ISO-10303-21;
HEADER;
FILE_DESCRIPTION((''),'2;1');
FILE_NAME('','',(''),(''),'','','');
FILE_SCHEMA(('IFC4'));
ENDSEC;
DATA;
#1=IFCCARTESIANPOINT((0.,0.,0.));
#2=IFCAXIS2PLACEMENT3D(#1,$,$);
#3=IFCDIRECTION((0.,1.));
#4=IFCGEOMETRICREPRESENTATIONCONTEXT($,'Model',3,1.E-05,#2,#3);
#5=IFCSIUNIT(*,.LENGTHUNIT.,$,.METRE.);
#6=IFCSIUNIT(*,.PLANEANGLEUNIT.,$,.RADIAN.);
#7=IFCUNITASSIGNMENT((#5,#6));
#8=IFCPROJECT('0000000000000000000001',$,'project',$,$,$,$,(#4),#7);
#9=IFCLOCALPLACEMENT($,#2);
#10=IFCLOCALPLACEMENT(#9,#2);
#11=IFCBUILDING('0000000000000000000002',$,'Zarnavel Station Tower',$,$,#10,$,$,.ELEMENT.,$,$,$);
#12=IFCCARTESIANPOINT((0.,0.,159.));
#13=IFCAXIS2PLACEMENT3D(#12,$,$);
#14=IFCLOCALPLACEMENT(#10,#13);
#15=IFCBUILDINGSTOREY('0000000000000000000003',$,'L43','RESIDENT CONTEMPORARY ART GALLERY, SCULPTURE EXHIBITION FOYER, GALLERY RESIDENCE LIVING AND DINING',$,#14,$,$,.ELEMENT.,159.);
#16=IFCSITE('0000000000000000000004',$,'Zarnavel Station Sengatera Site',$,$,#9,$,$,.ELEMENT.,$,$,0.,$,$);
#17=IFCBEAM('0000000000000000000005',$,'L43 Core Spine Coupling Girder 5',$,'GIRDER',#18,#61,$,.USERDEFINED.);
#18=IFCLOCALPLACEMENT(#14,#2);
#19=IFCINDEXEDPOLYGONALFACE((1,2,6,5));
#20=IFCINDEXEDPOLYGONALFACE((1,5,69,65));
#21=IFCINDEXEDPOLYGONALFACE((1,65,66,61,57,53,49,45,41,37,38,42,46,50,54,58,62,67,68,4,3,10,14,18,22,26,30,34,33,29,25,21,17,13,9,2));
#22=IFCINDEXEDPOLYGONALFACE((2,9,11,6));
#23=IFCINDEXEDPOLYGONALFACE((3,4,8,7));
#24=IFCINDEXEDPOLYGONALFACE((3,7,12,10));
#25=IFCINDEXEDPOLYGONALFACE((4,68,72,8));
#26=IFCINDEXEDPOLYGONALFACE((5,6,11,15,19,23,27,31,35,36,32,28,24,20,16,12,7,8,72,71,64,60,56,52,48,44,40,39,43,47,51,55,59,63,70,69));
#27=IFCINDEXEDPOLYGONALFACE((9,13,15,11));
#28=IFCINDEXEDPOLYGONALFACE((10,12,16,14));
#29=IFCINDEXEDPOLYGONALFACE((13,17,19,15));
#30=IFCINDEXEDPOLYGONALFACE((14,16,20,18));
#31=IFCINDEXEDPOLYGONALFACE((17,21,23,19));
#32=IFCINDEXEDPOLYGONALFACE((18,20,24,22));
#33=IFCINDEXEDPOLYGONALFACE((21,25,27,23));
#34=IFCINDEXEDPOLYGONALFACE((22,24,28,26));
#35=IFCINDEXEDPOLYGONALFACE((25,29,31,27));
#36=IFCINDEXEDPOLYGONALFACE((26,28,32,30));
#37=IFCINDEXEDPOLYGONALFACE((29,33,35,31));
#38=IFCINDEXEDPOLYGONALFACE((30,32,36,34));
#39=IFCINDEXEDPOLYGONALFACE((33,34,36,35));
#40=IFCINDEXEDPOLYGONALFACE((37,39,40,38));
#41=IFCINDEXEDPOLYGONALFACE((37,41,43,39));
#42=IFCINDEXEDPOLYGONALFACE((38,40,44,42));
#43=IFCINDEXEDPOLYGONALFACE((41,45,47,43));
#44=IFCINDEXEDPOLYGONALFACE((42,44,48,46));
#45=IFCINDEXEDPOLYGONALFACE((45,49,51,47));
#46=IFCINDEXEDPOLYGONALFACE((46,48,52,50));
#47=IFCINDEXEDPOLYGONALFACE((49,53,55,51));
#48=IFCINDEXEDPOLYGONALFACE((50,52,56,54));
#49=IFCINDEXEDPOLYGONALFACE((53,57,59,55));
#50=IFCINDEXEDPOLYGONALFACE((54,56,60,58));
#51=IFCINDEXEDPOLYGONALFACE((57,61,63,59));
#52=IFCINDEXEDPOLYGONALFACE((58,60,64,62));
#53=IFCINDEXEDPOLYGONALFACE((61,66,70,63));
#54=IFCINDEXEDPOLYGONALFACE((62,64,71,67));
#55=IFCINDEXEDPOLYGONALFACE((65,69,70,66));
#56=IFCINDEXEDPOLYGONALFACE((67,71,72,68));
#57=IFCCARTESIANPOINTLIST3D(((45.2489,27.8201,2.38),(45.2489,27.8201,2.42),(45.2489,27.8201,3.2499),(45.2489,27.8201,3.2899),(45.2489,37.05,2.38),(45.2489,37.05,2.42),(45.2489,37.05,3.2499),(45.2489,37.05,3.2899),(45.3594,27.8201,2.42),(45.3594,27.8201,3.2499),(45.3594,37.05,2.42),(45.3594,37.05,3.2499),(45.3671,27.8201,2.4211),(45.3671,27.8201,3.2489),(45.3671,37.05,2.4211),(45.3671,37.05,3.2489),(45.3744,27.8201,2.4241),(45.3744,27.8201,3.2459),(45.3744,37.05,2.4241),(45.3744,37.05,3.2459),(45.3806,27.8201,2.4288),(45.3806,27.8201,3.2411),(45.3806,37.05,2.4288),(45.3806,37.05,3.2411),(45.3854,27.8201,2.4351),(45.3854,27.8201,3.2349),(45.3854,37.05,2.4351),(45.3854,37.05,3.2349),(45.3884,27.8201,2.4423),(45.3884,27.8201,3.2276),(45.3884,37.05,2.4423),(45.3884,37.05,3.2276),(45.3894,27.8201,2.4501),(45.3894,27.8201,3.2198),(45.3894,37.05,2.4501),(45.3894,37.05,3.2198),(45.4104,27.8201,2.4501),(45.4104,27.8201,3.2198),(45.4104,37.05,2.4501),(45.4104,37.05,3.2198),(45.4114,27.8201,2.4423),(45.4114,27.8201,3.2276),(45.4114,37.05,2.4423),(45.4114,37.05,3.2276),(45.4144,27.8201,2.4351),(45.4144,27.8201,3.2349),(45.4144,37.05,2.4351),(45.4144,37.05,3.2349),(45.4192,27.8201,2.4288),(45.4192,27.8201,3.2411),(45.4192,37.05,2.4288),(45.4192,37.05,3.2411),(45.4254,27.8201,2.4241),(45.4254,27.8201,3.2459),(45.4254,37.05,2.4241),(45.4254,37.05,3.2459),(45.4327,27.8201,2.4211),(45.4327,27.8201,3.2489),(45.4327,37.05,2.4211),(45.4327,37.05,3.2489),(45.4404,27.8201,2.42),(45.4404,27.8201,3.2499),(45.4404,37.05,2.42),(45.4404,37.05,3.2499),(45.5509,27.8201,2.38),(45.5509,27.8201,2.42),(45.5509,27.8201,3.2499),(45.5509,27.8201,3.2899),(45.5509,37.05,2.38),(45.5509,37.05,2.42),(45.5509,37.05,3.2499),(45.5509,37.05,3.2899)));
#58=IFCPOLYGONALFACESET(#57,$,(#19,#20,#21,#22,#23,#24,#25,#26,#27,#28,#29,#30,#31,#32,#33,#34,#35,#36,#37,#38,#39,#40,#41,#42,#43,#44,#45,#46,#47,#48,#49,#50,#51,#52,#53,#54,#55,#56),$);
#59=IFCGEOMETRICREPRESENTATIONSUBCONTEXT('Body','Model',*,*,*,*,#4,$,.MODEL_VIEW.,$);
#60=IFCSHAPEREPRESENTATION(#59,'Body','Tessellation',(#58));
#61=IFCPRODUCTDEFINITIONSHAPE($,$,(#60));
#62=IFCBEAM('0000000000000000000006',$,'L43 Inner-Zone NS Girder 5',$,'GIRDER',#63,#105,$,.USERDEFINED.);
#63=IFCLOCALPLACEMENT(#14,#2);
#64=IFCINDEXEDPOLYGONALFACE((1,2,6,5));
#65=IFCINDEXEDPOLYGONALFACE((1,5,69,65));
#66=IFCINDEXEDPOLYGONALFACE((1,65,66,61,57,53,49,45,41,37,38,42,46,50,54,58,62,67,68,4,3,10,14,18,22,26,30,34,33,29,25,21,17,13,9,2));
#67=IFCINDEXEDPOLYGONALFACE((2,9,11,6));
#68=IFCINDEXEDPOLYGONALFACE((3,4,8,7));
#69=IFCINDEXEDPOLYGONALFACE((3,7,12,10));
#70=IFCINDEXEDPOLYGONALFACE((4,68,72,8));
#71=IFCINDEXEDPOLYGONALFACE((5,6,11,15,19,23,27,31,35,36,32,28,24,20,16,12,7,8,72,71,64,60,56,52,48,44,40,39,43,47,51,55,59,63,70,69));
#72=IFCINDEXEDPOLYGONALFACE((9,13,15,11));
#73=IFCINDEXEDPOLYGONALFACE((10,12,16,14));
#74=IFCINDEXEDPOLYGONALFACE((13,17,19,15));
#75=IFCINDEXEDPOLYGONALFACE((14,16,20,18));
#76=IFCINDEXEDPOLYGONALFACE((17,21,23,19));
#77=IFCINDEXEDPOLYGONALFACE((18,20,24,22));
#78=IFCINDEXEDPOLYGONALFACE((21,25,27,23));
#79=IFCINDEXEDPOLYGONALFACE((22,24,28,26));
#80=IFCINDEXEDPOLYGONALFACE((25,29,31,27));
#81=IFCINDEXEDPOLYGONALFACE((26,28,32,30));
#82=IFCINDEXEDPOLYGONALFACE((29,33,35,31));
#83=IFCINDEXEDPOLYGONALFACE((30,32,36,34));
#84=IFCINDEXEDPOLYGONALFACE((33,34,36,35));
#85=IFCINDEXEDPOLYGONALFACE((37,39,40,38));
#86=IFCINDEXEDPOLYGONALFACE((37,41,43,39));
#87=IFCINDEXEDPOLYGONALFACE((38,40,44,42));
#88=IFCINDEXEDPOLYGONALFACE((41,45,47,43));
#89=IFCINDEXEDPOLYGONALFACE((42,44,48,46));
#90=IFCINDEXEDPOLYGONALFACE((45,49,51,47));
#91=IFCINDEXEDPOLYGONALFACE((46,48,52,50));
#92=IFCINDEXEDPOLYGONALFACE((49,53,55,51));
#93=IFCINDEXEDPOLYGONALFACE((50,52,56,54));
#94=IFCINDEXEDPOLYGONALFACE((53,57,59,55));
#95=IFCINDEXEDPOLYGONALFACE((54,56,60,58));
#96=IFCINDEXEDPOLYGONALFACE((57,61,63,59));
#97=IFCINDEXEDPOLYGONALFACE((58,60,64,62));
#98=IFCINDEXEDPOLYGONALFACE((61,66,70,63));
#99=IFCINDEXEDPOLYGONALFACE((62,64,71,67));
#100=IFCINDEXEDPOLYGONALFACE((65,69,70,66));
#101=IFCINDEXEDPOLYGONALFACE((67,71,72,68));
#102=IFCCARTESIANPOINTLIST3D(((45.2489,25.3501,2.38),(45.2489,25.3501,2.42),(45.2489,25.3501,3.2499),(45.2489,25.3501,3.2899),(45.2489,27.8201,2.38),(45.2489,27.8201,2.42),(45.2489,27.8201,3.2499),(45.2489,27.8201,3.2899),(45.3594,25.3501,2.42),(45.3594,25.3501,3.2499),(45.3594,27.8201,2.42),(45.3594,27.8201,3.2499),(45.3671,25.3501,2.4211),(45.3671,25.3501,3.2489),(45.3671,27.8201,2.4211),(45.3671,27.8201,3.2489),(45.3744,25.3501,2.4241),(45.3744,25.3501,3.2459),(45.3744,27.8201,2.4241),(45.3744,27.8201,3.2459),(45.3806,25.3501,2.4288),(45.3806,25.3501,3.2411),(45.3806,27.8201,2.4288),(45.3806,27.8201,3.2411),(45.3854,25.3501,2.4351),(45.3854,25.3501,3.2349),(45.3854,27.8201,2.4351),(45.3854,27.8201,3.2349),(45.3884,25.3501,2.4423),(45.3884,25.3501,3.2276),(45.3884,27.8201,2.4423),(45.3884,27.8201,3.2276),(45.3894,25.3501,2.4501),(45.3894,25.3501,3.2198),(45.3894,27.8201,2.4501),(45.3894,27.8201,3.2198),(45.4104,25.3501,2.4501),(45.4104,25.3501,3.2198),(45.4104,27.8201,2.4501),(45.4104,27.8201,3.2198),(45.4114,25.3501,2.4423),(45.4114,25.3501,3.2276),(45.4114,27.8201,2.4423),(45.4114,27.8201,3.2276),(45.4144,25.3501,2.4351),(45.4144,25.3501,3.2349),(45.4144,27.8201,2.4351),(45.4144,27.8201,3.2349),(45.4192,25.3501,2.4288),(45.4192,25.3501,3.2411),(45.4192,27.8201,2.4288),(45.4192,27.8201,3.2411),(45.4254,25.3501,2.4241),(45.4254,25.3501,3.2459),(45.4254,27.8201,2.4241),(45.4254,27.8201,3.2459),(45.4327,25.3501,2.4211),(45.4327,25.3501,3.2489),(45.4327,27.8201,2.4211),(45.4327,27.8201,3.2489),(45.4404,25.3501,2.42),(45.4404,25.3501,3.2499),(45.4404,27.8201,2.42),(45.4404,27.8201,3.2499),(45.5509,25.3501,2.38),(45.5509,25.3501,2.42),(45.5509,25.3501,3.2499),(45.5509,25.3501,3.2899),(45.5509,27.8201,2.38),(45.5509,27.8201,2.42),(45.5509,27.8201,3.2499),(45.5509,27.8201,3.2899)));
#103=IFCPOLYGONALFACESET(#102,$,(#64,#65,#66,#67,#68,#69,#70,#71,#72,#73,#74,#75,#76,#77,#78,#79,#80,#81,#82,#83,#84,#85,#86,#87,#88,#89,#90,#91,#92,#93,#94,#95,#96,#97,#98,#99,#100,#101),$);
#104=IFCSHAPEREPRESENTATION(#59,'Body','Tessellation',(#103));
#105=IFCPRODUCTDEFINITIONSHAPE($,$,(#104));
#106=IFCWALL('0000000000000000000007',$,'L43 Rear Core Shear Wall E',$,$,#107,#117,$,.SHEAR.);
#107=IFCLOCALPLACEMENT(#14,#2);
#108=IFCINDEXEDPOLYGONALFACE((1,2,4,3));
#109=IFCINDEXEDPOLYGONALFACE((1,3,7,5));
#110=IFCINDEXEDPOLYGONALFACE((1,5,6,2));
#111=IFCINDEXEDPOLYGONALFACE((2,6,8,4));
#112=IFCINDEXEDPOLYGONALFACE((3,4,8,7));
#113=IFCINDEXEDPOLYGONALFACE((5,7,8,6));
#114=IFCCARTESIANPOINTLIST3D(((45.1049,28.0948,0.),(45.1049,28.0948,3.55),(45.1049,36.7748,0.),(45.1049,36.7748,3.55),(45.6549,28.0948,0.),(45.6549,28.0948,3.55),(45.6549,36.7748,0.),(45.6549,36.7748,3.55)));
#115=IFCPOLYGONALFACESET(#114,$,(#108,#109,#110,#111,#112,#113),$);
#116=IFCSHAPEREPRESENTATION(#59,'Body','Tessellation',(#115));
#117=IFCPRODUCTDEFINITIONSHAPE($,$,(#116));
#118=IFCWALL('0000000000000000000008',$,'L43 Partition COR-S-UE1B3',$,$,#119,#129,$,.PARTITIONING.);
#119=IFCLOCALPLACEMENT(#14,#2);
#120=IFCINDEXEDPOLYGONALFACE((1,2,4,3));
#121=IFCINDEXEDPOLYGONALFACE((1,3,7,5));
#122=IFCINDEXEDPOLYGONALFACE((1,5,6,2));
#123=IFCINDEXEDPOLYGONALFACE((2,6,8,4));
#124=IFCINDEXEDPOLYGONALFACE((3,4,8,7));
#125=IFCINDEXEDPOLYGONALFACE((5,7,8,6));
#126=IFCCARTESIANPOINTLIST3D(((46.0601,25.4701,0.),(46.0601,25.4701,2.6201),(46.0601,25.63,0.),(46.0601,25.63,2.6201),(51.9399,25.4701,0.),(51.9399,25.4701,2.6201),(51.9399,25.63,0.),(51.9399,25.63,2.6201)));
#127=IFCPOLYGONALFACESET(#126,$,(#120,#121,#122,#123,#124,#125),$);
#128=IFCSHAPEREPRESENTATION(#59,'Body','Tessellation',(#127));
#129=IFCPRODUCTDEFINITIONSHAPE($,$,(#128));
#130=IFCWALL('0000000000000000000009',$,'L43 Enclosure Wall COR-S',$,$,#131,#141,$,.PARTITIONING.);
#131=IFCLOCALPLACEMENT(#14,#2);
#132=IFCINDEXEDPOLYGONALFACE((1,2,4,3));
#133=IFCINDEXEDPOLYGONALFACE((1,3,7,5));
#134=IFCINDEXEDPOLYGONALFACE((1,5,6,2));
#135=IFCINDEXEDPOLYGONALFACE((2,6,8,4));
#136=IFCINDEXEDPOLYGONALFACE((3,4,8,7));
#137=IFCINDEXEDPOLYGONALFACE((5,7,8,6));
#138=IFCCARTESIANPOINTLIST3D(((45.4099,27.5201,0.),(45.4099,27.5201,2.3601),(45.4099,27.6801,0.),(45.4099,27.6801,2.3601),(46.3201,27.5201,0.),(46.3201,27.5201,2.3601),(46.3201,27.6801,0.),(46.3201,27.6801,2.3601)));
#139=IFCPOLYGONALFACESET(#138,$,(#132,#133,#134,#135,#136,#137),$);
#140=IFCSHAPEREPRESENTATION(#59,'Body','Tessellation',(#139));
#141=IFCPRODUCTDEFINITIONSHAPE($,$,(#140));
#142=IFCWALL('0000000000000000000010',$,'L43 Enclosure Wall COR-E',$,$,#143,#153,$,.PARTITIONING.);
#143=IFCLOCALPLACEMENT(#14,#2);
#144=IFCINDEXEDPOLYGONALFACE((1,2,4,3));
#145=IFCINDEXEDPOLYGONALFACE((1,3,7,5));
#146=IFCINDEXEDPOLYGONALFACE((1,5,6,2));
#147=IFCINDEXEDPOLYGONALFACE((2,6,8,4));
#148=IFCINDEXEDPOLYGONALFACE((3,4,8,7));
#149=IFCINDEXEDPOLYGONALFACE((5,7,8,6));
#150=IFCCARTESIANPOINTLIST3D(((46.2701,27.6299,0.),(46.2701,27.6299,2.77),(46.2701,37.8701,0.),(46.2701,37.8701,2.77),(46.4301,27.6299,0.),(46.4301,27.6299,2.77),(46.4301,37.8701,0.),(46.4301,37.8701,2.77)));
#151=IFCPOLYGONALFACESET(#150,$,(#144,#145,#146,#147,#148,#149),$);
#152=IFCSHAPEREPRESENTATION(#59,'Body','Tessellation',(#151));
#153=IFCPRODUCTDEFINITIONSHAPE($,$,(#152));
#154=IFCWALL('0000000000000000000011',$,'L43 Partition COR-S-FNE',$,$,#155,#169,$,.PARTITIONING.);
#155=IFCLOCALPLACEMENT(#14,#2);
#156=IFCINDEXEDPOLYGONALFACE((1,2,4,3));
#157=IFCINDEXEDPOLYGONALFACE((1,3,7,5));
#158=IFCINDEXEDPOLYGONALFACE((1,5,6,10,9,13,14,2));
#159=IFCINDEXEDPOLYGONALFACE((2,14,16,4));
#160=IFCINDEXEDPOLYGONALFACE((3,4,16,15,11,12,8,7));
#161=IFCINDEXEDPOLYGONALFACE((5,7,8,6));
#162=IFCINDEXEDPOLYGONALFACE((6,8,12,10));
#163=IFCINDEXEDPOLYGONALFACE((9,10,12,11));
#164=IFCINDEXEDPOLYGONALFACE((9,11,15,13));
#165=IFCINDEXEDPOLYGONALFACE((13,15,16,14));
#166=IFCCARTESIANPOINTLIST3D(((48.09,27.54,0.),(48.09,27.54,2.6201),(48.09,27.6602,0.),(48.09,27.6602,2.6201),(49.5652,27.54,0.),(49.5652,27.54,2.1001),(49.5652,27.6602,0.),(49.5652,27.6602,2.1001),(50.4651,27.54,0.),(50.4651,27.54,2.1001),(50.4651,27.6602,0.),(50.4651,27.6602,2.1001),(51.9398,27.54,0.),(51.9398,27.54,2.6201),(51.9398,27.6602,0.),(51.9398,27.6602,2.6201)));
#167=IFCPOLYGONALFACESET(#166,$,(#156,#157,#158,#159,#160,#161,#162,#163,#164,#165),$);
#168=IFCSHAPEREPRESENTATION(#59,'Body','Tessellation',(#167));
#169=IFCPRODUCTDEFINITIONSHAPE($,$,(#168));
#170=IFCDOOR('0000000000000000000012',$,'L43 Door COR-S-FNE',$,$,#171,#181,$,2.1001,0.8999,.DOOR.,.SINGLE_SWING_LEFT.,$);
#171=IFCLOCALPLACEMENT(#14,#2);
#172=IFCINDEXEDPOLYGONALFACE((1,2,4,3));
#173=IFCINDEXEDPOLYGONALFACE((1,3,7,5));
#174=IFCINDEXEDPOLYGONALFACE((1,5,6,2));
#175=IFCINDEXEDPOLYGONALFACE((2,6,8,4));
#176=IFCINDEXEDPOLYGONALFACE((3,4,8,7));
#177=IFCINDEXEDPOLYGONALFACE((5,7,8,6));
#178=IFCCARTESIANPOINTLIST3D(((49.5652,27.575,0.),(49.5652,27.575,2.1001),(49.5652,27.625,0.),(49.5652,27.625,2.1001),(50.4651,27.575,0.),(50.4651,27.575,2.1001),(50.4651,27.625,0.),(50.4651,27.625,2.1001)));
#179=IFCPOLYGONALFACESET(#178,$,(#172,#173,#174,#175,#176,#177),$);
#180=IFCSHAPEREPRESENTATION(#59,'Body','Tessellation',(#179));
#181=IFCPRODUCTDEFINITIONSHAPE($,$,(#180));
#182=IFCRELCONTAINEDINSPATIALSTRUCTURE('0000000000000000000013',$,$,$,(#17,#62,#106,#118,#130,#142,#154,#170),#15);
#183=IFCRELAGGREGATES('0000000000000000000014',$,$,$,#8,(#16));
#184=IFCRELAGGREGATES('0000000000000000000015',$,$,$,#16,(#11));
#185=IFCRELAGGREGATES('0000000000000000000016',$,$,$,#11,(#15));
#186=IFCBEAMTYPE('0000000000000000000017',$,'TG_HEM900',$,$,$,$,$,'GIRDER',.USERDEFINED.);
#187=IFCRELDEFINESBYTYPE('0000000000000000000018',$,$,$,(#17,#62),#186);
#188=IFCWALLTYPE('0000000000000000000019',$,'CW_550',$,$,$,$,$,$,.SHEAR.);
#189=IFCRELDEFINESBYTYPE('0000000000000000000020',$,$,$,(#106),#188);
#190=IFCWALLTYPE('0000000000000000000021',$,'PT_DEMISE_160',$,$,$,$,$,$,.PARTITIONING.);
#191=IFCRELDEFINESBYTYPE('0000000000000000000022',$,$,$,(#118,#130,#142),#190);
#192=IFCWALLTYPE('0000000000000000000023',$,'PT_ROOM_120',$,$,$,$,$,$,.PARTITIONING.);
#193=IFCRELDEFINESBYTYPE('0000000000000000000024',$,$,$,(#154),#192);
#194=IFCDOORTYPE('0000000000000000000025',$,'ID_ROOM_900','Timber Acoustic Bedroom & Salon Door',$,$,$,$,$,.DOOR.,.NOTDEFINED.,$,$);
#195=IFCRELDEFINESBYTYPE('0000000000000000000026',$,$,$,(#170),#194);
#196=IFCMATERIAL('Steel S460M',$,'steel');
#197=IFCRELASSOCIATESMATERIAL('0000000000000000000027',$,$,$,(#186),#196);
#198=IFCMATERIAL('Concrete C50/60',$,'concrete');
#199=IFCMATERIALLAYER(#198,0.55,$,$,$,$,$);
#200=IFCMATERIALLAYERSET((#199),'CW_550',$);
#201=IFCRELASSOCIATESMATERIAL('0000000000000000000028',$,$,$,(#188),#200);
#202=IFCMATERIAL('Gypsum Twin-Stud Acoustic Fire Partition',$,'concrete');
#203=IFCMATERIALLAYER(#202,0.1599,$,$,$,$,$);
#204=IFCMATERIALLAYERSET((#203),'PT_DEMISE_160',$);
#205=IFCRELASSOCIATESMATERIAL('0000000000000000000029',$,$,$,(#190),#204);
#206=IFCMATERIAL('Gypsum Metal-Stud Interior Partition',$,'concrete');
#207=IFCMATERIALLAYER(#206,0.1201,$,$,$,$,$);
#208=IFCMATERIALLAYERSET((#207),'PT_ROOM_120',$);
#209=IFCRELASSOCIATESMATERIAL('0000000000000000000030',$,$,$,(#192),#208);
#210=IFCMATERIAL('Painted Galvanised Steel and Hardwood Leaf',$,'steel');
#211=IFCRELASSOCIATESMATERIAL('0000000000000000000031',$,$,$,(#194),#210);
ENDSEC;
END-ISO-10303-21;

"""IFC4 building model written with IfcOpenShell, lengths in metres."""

from ifc_helpers import new_model, si_unit, direction, frame, frame_2d, origin, origin_2d, place, context, subcontext, project, spatial, rectangle, i_section, extrude, material, layer, layer_set, material_profile, profile_set, type_object, element, fill, save


model = new_model("IFC4")

# Units and contexts
model_context = context("Model", 3, precision=1e-05, world=origin(), true_north=direction((0.0, 1.0)))
body_context = subcontext(model_context, "Body", "Model", "MODEL_VIEW")
ifc_project = project(units=[si_unit("LENGTHUNIT", "METRE"), si_unit("PLANEANGLEUNIT", "RADIAN")], contexts=[model_context])

# Site, building, storey
site_placement = place(None, origin())
site = spatial("IfcSite", under=ifc_project, at=site_placement, Name="Zarnavel Station Sengatera Site", CompositionType="ELEMENT", RefElevation=0.0)
building_placement = place(site_placement, origin())
building = spatial("IfcBuilding", under=site, at=building_placement, Name="Zarnavel Station Tower", CompositionType="ELEMENT")
storey_placement = place(building_placement, frame((0.0, 0.0, 159.0)))
storey = spatial("IfcBuildingStorey", under=building, at=storey_placement, Name="L43", Description="RESIDENT CONTEMPORARY ART GALLERY, SCULPTURE EXHIBITION FOYER, GALLERY RESIDENCE LIVING AND DINING", CompositionType="ELEMENT", Elevation=159.0)

# Beams
ifc_material_1 = material(Name="Steel S460M", Category="steel")
ifc_material_profile_1 = material_profile(ifc_material_1, i_section(OverallWidth=0.302, OverallDepth=0.9099, WebThickness=0.021, FlangeThickness=0.04, FilletRadius=0.03, at=origin_2d()), Name="HEM900")
ifc_profile_set_1 = profile_set([ifc_material_profile_1], Name="Steel S460M")
beam_type_1 = type_object("IfcBeamType", Name="TG_HEM900", ElementType="GIRDER", PredefinedType="USERDEFINED", material=ifc_profile_set_1)
beam_1_placement = place(storey_placement, frame((45.3999, 27.8201, 2.835), z_axis=(0.0, 1.0, 0.0), x_axis=(-1.0, 0.0, 0.0)))
element("IfcBeam", 1, at=beam_1_placement, inside=storey, type_object=beam_type_1, Name="L43 Core Spine Coupling Girder 5", ObjectType="GIRDER", PredefinedType="USERDEFINED", context=body_context, shape_type="SweptSolid", body=[
    extrude(i_section(OverallWidth=0.302, OverallDepth=0.9099, WebThickness=0.021, FlangeThickness=0.04, FilletRadius=0.03, at=origin_2d()), origin(), (0.0, 0.0, 1.0), 9.23),
])
beam_2_placement = place(storey_placement, frame((45.3999, 25.3501, 2.835), z_axis=(0.0, 1.0, 0.0), x_axis=(-1.0, 0.0, 0.0)))
element("IfcBeam", 2, at=beam_2_placement, inside=storey, type_object=beam_type_1, Name="L43 Inner-Zone NS Girder 5", ObjectType="GIRDER", PredefinedType="USERDEFINED", context=body_context, shape_type="SweptSolid", body=[
    extrude(i_section(OverallWidth=0.302, OverallDepth=0.9099, WebThickness=0.021, FlangeThickness=0.04, FilletRadius=0.03, at=origin_2d()), origin(), (0.0, 0.0, 1.0), 2.47),
])

# Shared definitions
ifc_material_2 = material(Name="Concrete C50/60", Category="concrete")
ifc_layer_1 = layer(ifc_material_2, 0.55)
ifc_layer_set_1 = layer_set([ifc_layer_1], Name="CW_550")
wall_type_1 = type_object("IfcWallType", Name="CW_550", PredefinedType="SHEAR", material=ifc_layer_set_1)

# Wall
wall_1_placement = place(storey_placement, frame((45.3799, 28.095, 0.0), z_axis=(0.0, 0.0, 1.0), x_axis=(0.0, 1.0, 0.0)))
element("IfcWall", 3, at=wall_1_placement, inside=storey, type_object=wall_type_1, Name="L43 Rear Core Shear Wall E", PredefinedType="SHEAR", context=body_context, shape_type="SweptSolid", body=[
    extrude(rectangle(XDim=8.6799, YDim=0.55, at=frame_2d((4.3398, 0.0))), origin(), (0.0, 0.0, 1.0), 3.55),
])

# Shared definitions
ifc_material_3 = material(Name="Gypsum Twin-Stud Acoustic Fire Partition", Category="concrete")
ifc_layer_2 = layer(ifc_material_3, 0.1599)
ifc_layer_set_2 = layer_set([ifc_layer_2], Name="PT_DEMISE_160")
wall_type_2 = type_object("IfcWallType", Name="PT_DEMISE_160", PredefinedType="PARTITIONING", material=ifc_layer_set_2)

# Walls
wall_2_placement = place(storey_placement, frame((46.0601, 25.55, 0.0), z_axis=(0.0, 0.0, 1.0), x_axis=(1.0, 0.0, 0.0)))
element("IfcWall", 4, at=wall_2_placement, inside=storey, type_object=wall_type_2, Name="L43 Partition COR-S-UE1B3", PredefinedType="PARTITIONING", context=body_context, shape_type="SweptSolid", body=[
    extrude(rectangle(XDim=5.8799, YDim=0.1599, at=frame_2d((2.9399, 0.0))), origin(), (0.0, 0.0, 1.0), 2.6201),
])
wall_3_placement = place(storey_placement, frame((45.4099, 27.6001, 0.0), z_axis=(0.0, 0.0, 1.0), x_axis=(1.0, 0.0, 0.0)))
element("IfcWall", 5, at=wall_3_placement, inside=storey, type_object=wall_type_2, Name="L43 Enclosure Wall COR-S", PredefinedType="PARTITIONING", context=body_context, shape_type="SweptSolid", body=[
    extrude(rectangle(XDim=0.9102, YDim=0.1599, at=frame_2d((0.4551, 0.0))), origin(), (0.0, 0.0, 1.0), 2.3601),
])
wall_4_placement = place(storey_placement, frame((46.3501, 27.6299, 0.0), z_axis=(0.0, 0.0, 1.0), x_axis=(0.0, 1.0, 0.0)))
element("IfcWall", 6, at=wall_4_placement, inside=storey, type_object=wall_type_2, Name="L43 Enclosure Wall COR-E", PredefinedType="PARTITIONING", context=body_context, shape_type="SweptSolid", body=[
    extrude(rectangle(XDim=10.2402, YDim=0.1599, at=frame_2d((5.1201, 0.0))), origin(), (0.0, 0.0, 1.0), 2.77),
])

# Wall, opening, door
ifc_material_4 = material(Name="Gypsum Metal-Stud Interior Partition", Category="concrete")
ifc_layer_3 = layer(ifc_material_4, 0.1201)
ifc_layer_set_3 = layer_set([ifc_layer_3], Name="PT_ROOM_120")
wall_type_3 = type_object("IfcWallType", Name="PT_ROOM_120", PredefinedType="PARTITIONING", material=ifc_layer_set_3)
wall_5_placement = place(storey_placement, frame((48.0901, 27.6001, 0.0), z_axis=(0.0, 0.0, 1.0), x_axis=(1.0, 0.0, 0.0)))
wall_5 = element("IfcWall", 7, at=wall_5_placement, inside=storey, type_object=wall_type_3, Name="L43 Partition COR-S-FNE", PredefinedType="PARTITIONING", context=body_context, shape_type="SweptSolid", body=[
    extrude(rectangle(XDim=3.8499, YDim=0.1201, at=frame_2d((1.9248, 0.0))), origin(), (0.0, 0.0, 1.0), 2.6201),
])
opening_1_placement = place(wall_5_placement, frame((1.4751, 0.0, 0.0)))
opening_1 = element("IfcOpeningElement", 8, at=opening_1_placement, cuts=wall_5, PredefinedType="OPENING", context=body_context, shape_type="SweptSolid", body=[
    extrude(rectangle(XDim=0.8999, YDim=2.1001, at=frame_2d((0.45, 1.05))), frame((0.0, 0.0701, 0.0), z_axis=(0.0, -1.0, 0.0), x_axis=(1.0, 0.0, 0.0)), (0.0, 0.0, 1.0), 0.1401),
])
ifc_material_5 = material(Name="Painted Galvanised Steel and Hardwood Leaf", Category="steel")
door_type_1 = type_object("IfcDoorType", Name="ID_ROOM_900", Description="Timber Acoustic Bedroom & Salon Door", OperationType="NOTDEFINED", PredefinedType="DOOR", material=ifc_material_5)
door_1_placement = place(opening_1_placement, origin())
door_1 = element("IfcDoor", 9, at=door_1_placement, inside=storey, type_object=door_type_1, Name="L43 Door COR-S-FNE", OperationType="SINGLE_SWING_LEFT", OverallHeight=2.1001, OverallWidth=0.8999, PredefinedType="DOOR", context=body_context, shape_type="SweptSolid", body=[
    extrude(rectangle(XDim=0.8999, YDim=2.1001, at=frame_2d((0.45, 1.05))), frame((0.0, 0.0249, 0.0), z_axis=(0.0, -1.0, 0.0), x_axis=(1.0, 0.0, 0.0)), (0.0, 0.0, 1.0), 0.05),
])
fill(opening_1, door_1)

save(model, "model.ifc")
